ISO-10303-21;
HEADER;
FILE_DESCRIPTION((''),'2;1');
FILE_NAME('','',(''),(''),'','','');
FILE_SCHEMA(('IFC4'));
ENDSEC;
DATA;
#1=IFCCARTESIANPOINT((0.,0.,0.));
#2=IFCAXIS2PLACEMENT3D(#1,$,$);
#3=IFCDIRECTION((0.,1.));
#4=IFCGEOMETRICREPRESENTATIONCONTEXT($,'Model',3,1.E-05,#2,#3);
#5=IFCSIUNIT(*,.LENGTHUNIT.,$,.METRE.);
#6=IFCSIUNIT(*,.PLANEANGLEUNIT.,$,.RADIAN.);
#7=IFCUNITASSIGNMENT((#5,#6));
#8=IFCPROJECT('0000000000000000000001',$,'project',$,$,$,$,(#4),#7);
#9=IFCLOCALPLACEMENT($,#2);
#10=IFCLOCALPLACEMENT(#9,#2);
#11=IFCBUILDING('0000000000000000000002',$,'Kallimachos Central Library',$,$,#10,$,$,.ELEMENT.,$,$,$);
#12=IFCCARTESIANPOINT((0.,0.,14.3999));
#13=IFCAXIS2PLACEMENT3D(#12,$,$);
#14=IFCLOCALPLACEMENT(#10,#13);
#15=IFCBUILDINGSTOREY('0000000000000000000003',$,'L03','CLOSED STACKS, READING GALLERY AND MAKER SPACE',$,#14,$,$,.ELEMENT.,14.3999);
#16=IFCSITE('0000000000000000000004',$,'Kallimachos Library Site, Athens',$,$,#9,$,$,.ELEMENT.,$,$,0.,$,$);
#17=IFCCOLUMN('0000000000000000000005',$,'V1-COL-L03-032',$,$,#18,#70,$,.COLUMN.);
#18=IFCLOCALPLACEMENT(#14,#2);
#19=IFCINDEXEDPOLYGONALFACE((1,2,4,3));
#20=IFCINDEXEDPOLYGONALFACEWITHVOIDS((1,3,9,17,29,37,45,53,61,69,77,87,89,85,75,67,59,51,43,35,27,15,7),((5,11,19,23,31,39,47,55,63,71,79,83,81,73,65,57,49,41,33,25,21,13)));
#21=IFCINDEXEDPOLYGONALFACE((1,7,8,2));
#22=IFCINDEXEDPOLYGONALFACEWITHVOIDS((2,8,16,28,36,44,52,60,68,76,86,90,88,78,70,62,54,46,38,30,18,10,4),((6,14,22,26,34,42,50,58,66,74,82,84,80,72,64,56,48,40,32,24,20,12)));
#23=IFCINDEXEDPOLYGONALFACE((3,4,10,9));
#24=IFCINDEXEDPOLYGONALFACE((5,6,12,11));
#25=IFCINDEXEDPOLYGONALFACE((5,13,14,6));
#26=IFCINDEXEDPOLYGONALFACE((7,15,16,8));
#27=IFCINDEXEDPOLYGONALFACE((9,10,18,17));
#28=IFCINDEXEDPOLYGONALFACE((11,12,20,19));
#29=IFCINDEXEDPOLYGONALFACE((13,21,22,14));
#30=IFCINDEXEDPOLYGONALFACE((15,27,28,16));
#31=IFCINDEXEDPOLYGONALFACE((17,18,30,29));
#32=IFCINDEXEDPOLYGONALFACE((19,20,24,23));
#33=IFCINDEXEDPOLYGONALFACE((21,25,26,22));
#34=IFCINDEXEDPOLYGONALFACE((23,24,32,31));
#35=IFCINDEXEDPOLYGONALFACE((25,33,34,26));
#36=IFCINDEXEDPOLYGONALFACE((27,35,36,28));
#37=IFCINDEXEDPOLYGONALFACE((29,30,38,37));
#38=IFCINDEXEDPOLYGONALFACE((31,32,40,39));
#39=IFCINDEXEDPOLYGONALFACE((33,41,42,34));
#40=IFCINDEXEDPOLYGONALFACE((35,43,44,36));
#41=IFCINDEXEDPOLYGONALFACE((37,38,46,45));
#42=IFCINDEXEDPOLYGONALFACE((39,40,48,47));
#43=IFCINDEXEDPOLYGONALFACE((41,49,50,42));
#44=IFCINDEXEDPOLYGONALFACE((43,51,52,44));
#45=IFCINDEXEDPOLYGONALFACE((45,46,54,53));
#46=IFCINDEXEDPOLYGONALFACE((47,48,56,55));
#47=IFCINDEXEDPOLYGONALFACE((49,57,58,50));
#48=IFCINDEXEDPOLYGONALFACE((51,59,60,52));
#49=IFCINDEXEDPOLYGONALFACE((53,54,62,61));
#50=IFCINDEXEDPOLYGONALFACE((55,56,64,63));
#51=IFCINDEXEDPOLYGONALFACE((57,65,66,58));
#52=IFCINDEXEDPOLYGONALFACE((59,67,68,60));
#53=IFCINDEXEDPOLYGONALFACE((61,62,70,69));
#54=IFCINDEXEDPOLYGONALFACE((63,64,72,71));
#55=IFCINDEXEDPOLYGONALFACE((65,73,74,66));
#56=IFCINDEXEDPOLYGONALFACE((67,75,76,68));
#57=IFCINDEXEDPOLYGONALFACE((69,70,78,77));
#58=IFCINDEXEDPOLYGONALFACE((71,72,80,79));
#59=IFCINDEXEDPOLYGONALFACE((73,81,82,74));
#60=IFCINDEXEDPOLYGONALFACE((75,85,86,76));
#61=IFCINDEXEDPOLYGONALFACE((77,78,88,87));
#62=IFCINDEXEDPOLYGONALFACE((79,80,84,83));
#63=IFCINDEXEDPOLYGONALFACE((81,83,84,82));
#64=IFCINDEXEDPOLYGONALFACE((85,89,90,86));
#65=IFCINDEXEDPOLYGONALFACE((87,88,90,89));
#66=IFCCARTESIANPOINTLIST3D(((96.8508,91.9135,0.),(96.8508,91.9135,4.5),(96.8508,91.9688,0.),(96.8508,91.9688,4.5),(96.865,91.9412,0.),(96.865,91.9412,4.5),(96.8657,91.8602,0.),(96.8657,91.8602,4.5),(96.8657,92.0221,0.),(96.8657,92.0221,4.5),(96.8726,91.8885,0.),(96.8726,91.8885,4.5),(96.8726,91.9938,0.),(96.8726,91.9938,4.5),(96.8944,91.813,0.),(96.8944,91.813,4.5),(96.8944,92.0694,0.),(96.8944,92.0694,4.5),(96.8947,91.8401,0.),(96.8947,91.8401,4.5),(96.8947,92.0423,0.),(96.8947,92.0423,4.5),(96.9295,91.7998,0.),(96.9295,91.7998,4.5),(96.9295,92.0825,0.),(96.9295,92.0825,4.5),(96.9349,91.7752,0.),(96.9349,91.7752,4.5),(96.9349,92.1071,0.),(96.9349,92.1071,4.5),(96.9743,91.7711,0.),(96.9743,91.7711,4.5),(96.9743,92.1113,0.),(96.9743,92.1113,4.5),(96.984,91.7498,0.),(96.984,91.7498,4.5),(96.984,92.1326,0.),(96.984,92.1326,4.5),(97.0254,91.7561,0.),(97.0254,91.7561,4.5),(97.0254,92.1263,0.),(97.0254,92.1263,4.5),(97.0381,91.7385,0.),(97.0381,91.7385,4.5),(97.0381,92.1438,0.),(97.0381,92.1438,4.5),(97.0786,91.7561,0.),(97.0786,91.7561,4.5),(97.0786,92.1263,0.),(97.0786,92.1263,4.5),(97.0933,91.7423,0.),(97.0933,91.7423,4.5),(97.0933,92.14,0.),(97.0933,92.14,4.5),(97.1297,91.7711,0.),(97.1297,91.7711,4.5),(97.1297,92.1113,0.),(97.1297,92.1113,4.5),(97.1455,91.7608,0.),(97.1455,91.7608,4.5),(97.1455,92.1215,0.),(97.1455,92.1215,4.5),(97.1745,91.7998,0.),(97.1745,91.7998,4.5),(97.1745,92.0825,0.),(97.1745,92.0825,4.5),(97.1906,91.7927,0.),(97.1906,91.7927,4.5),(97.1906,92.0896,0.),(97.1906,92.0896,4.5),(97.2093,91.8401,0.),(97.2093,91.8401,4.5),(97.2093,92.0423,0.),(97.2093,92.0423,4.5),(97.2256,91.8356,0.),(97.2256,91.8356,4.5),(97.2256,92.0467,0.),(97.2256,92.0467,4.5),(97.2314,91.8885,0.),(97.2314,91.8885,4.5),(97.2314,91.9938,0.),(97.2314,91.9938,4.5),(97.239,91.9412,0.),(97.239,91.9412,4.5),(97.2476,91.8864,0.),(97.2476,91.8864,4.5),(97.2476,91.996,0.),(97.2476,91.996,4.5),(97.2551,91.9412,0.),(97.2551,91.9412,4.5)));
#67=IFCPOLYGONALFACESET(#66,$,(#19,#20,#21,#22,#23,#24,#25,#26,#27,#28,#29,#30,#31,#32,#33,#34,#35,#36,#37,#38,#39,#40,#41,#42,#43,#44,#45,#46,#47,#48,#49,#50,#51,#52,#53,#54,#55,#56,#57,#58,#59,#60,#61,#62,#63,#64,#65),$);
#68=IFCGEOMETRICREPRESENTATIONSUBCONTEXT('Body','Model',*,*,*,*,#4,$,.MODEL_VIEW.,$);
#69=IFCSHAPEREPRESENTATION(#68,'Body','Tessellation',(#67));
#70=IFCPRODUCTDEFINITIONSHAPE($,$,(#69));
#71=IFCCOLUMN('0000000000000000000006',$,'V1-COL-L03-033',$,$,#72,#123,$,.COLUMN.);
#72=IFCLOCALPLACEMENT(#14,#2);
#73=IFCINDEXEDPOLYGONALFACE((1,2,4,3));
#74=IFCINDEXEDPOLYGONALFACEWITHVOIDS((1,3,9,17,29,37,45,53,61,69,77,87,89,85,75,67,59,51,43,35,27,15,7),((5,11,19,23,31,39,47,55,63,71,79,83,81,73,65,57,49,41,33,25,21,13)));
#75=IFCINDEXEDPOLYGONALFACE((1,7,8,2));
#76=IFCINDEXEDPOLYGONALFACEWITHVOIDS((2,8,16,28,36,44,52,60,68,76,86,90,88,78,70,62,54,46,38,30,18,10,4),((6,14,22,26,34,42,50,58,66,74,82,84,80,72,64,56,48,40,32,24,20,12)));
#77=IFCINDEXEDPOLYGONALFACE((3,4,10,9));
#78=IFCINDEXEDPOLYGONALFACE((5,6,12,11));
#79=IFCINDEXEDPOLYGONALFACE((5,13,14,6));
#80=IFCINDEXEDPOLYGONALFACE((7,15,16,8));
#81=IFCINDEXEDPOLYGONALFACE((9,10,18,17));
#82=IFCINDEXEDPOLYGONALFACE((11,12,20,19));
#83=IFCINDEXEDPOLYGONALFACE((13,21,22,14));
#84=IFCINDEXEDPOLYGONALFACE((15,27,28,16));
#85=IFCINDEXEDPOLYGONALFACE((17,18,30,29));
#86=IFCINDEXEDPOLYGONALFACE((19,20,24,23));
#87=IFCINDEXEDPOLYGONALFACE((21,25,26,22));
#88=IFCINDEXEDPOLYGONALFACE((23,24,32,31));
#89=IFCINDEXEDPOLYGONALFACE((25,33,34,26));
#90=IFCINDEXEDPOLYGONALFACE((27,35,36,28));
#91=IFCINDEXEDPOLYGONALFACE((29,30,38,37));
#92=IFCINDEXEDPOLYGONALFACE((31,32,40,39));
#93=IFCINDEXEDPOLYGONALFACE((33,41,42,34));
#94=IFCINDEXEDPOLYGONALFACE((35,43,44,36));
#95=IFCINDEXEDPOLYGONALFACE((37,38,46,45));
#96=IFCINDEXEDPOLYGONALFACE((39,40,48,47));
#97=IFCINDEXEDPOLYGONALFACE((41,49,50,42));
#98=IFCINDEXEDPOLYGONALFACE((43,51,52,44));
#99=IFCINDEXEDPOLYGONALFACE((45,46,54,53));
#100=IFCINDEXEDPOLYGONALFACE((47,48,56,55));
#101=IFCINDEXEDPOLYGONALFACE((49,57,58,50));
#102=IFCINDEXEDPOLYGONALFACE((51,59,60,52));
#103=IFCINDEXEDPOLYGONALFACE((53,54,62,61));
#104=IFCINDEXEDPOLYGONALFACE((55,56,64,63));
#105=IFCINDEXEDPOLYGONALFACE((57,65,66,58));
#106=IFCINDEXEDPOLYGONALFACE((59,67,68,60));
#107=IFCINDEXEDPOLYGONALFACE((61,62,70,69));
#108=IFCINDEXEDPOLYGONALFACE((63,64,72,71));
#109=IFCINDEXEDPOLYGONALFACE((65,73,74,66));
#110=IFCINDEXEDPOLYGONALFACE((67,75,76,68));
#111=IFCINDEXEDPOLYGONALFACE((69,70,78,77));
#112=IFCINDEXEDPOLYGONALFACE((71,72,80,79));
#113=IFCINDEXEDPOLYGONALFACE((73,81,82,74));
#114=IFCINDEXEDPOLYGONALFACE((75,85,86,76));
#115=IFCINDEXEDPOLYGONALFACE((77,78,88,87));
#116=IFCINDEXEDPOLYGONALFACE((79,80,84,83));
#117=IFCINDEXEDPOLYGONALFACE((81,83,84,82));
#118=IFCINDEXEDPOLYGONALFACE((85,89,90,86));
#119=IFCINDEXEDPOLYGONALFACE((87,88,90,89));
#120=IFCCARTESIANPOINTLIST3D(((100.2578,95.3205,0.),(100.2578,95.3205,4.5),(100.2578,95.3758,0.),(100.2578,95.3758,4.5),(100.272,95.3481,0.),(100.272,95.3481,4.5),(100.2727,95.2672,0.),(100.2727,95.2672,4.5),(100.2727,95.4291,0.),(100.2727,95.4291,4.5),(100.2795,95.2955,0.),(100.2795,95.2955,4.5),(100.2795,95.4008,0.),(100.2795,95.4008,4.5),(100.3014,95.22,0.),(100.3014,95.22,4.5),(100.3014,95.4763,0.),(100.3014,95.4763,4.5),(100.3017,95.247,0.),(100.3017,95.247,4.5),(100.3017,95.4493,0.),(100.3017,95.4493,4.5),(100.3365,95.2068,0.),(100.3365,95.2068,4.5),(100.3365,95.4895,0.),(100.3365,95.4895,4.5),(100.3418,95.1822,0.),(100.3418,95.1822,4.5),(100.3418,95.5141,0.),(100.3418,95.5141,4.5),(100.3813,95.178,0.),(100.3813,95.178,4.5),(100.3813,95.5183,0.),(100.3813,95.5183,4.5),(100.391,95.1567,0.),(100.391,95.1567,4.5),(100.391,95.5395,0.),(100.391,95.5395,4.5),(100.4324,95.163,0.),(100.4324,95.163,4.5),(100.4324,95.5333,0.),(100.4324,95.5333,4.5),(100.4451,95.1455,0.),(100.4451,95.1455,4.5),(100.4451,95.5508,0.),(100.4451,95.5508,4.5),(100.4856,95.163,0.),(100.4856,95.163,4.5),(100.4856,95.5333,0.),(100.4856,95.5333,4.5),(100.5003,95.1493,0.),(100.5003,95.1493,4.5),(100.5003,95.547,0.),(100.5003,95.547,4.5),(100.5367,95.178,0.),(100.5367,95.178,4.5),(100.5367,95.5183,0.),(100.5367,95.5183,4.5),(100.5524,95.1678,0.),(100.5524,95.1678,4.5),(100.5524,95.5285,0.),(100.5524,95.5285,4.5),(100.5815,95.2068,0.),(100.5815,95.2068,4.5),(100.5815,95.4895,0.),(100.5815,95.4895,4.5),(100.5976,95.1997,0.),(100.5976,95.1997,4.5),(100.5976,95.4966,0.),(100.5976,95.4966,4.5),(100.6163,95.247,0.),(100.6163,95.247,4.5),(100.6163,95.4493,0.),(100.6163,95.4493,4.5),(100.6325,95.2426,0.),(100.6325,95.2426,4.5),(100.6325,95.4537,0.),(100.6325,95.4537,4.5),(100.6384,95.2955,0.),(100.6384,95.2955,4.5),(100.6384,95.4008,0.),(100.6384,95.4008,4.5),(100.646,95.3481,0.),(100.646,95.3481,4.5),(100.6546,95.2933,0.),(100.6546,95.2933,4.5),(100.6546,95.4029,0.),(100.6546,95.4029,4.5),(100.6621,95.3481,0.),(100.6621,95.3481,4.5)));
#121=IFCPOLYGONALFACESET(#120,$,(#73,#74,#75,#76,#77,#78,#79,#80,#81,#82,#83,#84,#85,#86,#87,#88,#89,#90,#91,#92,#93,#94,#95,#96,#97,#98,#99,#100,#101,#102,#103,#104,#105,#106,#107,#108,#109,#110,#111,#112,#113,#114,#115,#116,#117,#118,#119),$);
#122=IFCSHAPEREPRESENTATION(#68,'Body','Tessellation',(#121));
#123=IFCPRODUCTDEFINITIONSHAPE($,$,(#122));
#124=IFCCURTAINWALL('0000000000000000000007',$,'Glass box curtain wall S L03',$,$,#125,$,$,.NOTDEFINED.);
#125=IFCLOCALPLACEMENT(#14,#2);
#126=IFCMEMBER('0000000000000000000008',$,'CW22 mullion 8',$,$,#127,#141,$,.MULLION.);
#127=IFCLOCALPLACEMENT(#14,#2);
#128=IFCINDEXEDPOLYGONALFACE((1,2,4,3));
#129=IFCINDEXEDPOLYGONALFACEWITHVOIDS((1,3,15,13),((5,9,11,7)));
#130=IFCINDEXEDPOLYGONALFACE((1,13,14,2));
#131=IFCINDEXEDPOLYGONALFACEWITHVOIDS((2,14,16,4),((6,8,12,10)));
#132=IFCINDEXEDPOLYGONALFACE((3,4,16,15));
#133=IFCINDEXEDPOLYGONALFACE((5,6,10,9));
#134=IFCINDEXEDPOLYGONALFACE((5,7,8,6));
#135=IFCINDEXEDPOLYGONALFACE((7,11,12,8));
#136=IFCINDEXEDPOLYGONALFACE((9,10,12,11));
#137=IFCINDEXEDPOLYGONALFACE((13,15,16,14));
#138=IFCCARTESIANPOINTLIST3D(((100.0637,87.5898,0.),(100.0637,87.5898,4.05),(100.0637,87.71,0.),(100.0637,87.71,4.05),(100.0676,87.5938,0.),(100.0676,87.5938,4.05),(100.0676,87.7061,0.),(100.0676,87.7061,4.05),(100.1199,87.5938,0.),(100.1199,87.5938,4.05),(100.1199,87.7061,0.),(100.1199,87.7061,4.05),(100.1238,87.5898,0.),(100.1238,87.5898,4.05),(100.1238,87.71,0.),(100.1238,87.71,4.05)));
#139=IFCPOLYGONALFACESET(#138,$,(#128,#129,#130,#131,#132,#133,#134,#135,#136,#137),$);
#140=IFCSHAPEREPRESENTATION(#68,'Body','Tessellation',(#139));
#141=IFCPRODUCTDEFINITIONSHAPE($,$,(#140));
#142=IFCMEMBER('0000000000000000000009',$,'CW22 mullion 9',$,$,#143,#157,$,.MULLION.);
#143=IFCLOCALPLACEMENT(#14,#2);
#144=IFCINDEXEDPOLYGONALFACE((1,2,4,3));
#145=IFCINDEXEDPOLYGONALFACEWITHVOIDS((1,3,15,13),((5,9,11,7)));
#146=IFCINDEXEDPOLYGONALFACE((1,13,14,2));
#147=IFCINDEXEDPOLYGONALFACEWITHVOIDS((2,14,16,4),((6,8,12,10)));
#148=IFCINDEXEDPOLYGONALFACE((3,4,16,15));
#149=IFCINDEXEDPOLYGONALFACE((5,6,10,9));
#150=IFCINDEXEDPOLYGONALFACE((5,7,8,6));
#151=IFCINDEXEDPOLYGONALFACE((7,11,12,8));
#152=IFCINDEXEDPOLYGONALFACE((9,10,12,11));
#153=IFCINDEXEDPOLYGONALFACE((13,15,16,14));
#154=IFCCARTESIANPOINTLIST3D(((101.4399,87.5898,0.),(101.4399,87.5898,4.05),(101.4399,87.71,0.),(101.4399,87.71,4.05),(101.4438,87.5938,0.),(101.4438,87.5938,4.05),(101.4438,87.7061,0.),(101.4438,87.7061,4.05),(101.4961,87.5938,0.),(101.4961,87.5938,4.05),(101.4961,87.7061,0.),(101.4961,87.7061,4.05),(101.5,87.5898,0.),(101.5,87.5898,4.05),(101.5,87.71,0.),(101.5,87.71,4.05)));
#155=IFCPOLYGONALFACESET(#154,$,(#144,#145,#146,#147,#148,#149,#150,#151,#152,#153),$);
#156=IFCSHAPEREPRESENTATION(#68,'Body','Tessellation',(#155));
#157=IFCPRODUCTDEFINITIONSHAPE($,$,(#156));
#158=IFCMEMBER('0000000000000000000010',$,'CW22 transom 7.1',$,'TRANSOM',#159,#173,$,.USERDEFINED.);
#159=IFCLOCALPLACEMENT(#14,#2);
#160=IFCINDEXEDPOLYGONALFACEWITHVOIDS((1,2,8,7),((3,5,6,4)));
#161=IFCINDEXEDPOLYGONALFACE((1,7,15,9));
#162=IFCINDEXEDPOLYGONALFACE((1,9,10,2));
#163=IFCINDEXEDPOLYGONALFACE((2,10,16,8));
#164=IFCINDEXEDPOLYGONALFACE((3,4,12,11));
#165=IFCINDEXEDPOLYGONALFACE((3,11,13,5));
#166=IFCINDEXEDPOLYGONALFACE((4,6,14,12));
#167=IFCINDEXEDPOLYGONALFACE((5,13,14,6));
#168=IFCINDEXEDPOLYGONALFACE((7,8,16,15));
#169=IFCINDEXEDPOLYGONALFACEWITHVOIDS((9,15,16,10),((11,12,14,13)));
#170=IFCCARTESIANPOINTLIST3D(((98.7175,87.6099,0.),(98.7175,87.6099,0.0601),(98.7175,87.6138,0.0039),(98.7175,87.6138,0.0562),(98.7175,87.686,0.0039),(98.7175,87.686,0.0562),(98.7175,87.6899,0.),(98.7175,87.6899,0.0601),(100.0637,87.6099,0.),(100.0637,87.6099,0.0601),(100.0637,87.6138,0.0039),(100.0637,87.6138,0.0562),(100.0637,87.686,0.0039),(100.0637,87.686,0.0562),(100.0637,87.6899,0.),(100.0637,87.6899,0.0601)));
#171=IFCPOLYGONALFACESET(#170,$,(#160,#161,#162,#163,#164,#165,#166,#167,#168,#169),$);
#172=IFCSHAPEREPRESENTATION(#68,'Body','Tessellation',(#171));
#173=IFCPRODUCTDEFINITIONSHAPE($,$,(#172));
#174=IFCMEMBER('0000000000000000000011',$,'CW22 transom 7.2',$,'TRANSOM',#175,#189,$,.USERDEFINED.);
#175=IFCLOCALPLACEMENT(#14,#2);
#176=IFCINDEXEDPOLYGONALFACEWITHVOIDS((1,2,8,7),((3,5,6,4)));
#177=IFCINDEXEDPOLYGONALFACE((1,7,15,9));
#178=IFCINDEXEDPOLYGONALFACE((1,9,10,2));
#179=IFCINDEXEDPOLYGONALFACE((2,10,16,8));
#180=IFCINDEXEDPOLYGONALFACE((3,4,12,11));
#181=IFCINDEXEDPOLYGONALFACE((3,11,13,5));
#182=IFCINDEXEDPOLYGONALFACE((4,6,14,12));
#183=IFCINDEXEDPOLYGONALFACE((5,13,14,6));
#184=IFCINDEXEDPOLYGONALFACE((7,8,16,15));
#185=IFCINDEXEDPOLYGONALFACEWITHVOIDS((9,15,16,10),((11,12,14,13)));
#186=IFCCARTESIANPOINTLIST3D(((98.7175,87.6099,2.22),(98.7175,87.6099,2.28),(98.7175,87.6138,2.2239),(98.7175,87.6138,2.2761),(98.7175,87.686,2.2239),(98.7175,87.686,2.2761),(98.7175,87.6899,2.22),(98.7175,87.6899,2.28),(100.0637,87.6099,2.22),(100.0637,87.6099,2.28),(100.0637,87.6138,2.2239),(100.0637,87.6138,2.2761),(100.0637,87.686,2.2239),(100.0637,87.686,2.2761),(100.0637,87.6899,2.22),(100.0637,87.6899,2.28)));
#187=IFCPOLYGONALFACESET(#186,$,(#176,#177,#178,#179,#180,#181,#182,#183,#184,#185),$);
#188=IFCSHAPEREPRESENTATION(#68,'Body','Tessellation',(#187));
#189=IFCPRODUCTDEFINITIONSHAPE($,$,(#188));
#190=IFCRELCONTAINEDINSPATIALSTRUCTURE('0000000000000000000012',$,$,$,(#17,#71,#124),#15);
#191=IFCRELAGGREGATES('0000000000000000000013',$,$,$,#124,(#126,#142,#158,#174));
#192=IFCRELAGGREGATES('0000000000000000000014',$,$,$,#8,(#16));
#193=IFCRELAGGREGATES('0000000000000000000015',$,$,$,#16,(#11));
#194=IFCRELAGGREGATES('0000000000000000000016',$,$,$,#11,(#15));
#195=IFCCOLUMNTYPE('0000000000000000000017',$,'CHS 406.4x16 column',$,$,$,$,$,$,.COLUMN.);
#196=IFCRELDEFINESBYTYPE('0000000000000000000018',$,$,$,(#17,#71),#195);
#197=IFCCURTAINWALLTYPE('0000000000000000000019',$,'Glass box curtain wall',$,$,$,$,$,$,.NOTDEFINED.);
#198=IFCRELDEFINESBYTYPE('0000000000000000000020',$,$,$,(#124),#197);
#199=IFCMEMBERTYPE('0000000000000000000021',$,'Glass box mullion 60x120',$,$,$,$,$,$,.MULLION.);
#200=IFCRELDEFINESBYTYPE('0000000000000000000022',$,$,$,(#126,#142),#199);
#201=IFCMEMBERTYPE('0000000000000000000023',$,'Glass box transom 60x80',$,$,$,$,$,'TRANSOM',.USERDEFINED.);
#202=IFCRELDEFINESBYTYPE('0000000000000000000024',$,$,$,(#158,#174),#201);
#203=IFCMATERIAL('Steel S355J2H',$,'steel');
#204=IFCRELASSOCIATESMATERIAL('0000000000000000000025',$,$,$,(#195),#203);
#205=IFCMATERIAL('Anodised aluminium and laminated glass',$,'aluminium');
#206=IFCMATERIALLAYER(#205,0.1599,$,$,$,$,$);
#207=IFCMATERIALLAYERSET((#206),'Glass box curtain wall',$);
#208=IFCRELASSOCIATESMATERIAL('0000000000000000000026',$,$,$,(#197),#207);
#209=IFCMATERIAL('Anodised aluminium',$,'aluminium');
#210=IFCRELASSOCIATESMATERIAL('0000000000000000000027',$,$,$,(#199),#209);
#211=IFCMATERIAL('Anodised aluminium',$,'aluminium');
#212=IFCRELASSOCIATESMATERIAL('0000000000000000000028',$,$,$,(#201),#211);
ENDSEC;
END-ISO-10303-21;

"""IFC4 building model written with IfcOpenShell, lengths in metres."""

from ifc_helpers import new_model, si_unit, direction, frame, origin, origin_2d, place, context, subcontext, project, spatial, hollow_rectangle, hollow_circle, extrude, material, layer, layer_set, material_profile, profile_set, type_object, element, aggregate, save


model = new_model("IFC4")

# Units and contexts
model_context = context("Model", 3, precision=1e-05, world=origin(), true_north=direction((0.0, 1.0)))
body_context = subcontext(model_context, "Body", "Model", "MODEL_VIEW")
ifc_project = project(units=[si_unit("LENGTHUNIT", "METRE"), si_unit("PLANEANGLEUNIT", "RADIAN")], contexts=[model_context])

# Site, building, storey
site_placement = place(None, origin())
site = spatial("IfcSite", under=ifc_project, at=site_placement, Name="Kallimachos Library Site, Athens", CompositionType="ELEMENT", RefElevation=0.0)
building_placement = place(site_placement, origin())
building = spatial("IfcBuilding", under=site, at=building_placement, Name="Kallimachos Central Library", CompositionType="ELEMENT")
storey_placement = place(building_placement, frame((0.0, 0.0, 14.3999)))
storey = spatial("IfcBuildingStorey", under=building, at=storey_placement, Name="L03", Description="CLOSED STACKS, READING GALLERY AND MAKER SPACE", CompositionType="ELEMENT", Elevation=14.3999)

# Columns
ifc_material_1 = material(Name="Steel S355J2H", Category="steel")
ifc_material_profile_1 = material_profile(ifc_material_1, hollow_circle(Radius=0.2031, WallThickness=0.0161, at=origin_2d()), Name="CHS 406.4x16")
ifc_profile_set_1 = profile_set([ifc_material_profile_1], Name="Steel S355J2H")
column_type = type_object("IfcColumnType", Name="CHS 406.4x16 column", PredefinedType="COLUMN", material=ifc_profile_set_1)
for number, where, z_axis, x_axis, name in (
    (1, (97.052, 91.9412, 0.0), (0.0, 0.0, 1.0), (1.0, 0.0, 0.0), "V1-COL-L03-032"),
    (2, (100.459, 95.3481, 0.0), (0.0, 0.0, 1.0), (1.0, 0.0, 0.0), "V1-COL-L03-033"),
):
    element("IfcColumn", number, at=place(storey_placement, frame(where, z_axis=z_axis, x_axis=x_axis)), inside=storey, type_object=column_type, Name=name, PredefinedType="COLUMN", context=body_context, shape_type="SweptSolid", body=[
        extrude(hollow_circle(Radius=0.2031, WallThickness=0.0161, at=origin_2d()), origin(), (0.0, 0.0, 1.0), 4.5),
    ])

# Curtain wall, members
ifc_material_2 = material(Name="Anodised aluminium and laminated glass", Category="aluminium")
ifc_layer_1 = layer(ifc_material_2, 0.1599)
ifc_layer_set_1 = layer_set([ifc_layer_1], Name="Glass box curtain wall")
curtain_wall_type = type_object("IfcCurtainWallType", Name="Glass box curtain wall", PredefinedType="NOTDEFINED", material=ifc_layer_set_1)
curtain_wall_placement = place(storey_placement, origin())
curtain_wall = element("IfcCurtainWall", 3, at=curtain_wall_placement, inside=storey, type_object=curtain_wall_type, Name="Glass box curtain wall S L03", PredefinedType="NOTDEFINED")
ifc_material_3 = material(Name="Anodised aluminium", Category="aluminium")
ifc_material_profile_2 = material_profile(ifc_material_3, hollow_rectangle(XDim=0.0601, YDim=0.1201, WallThickness=0.0039, at=origin_2d()), Name="ALU MULLION 60x120")
ifc_profile_set_2 = profile_set([ifc_material_profile_2], Name="Anodised aluminium")
member_type_1 = type_object("IfcMemberType", Name="Glass box mullion 60x120", PredefinedType="MULLION", material=ifc_profile_set_2)
member_1_placement = place(storey_placement, frame((100.0938, 87.6499, 0.0), z_axis=(0.0, 0.0, 1.0), x_axis=(1.0, 0.0, 0.0)))
member_1 = element("IfcMember", 4, at=member_1_placement, type_object=member_type_1, Name="CW22 mullion 8", PredefinedType="MULLION", context=body_context, shape_type="SweptSolid", body=[
    extrude(hollow_rectangle(XDim=0.0601, YDim=0.1201, WallThickness=0.0039, at=origin_2d()), origin(), (0.0, 0.0, 1.0), 4.05),
])
member_2_placement = place(storey_placement, frame((101.47, 87.6499, 0.0), z_axis=(0.0, 0.0, 1.0), x_axis=(1.0, 0.0, 0.0)))
member_2 = element("IfcMember", 5, at=member_2_placement, type_object=member_type_1, Name="CW22 mullion 9", PredefinedType="MULLION", context=body_context, shape_type="SweptSolid", body=[
    extrude(hollow_rectangle(XDim=0.0601, YDim=0.1201, WallThickness=0.0039, at=origin_2d()), origin(), (0.0, 0.0, 1.0), 4.05),
])
ifc_material_4 = material(Name="Anodised aluminium", Category="aluminium")
ifc_material_profile_3 = material_profile(ifc_material_4, hollow_rectangle(XDim=0.0601, YDim=0.0801, WallThickness=0.0039, at=origin_2d()), Name="ALU TRANSOM 60x80")
ifc_profile_set_3 = profile_set([ifc_material_profile_3], Name="Anodised aluminium")
member_type_2 = type_object("IfcMemberType", Name="Glass box transom 60x80", ElementType="TRANSOM", PredefinedType="USERDEFINED", material=ifc_profile_set_3)
member_3_placement = place(storey_placement, frame((98.7175, 87.6499, 0.03), z_axis=(1.0, 0.0, 0.0), x_axis=(0.0, 0.0, 1.0)))
member_3 = element("IfcMember", 6, at=member_3_placement, type_object=member_type_2, Name="CW22 transom 7.1", ObjectType="TRANSOM", PredefinedType="USERDEFINED", context=body_context, shape_type="SweptSolid", body=[
    extrude(hollow_rectangle(XDim=0.0601, YDim=0.0801, WallThickness=0.0039, at=origin_2d()), origin(), (0.0, 0.0, 1.0), 1.3462),
])
member_4_placement = place(storey_placement, frame((98.7175, 87.6499, 2.25), z_axis=(1.0, 0.0, 0.0), x_axis=(0.0, 0.0, 1.0)))
member_4 = element("IfcMember", 7, at=member_4_placement, type_object=member_type_2, Name="CW22 transom 7.2", ObjectType="TRANSOM", PredefinedType="USERDEFINED", context=body_context, shape_type="SweptSolid", body=[
    extrude(hollow_rectangle(XDim=0.0601, YDim=0.0801, WallThickness=0.0039, at=origin_2d()), origin(), (0.0, 0.0, 1.0), 1.3462),
])

aggregate(curtain_wall, [member_1, member_2, member_3, member_4])

save(model, "model.ifc")
